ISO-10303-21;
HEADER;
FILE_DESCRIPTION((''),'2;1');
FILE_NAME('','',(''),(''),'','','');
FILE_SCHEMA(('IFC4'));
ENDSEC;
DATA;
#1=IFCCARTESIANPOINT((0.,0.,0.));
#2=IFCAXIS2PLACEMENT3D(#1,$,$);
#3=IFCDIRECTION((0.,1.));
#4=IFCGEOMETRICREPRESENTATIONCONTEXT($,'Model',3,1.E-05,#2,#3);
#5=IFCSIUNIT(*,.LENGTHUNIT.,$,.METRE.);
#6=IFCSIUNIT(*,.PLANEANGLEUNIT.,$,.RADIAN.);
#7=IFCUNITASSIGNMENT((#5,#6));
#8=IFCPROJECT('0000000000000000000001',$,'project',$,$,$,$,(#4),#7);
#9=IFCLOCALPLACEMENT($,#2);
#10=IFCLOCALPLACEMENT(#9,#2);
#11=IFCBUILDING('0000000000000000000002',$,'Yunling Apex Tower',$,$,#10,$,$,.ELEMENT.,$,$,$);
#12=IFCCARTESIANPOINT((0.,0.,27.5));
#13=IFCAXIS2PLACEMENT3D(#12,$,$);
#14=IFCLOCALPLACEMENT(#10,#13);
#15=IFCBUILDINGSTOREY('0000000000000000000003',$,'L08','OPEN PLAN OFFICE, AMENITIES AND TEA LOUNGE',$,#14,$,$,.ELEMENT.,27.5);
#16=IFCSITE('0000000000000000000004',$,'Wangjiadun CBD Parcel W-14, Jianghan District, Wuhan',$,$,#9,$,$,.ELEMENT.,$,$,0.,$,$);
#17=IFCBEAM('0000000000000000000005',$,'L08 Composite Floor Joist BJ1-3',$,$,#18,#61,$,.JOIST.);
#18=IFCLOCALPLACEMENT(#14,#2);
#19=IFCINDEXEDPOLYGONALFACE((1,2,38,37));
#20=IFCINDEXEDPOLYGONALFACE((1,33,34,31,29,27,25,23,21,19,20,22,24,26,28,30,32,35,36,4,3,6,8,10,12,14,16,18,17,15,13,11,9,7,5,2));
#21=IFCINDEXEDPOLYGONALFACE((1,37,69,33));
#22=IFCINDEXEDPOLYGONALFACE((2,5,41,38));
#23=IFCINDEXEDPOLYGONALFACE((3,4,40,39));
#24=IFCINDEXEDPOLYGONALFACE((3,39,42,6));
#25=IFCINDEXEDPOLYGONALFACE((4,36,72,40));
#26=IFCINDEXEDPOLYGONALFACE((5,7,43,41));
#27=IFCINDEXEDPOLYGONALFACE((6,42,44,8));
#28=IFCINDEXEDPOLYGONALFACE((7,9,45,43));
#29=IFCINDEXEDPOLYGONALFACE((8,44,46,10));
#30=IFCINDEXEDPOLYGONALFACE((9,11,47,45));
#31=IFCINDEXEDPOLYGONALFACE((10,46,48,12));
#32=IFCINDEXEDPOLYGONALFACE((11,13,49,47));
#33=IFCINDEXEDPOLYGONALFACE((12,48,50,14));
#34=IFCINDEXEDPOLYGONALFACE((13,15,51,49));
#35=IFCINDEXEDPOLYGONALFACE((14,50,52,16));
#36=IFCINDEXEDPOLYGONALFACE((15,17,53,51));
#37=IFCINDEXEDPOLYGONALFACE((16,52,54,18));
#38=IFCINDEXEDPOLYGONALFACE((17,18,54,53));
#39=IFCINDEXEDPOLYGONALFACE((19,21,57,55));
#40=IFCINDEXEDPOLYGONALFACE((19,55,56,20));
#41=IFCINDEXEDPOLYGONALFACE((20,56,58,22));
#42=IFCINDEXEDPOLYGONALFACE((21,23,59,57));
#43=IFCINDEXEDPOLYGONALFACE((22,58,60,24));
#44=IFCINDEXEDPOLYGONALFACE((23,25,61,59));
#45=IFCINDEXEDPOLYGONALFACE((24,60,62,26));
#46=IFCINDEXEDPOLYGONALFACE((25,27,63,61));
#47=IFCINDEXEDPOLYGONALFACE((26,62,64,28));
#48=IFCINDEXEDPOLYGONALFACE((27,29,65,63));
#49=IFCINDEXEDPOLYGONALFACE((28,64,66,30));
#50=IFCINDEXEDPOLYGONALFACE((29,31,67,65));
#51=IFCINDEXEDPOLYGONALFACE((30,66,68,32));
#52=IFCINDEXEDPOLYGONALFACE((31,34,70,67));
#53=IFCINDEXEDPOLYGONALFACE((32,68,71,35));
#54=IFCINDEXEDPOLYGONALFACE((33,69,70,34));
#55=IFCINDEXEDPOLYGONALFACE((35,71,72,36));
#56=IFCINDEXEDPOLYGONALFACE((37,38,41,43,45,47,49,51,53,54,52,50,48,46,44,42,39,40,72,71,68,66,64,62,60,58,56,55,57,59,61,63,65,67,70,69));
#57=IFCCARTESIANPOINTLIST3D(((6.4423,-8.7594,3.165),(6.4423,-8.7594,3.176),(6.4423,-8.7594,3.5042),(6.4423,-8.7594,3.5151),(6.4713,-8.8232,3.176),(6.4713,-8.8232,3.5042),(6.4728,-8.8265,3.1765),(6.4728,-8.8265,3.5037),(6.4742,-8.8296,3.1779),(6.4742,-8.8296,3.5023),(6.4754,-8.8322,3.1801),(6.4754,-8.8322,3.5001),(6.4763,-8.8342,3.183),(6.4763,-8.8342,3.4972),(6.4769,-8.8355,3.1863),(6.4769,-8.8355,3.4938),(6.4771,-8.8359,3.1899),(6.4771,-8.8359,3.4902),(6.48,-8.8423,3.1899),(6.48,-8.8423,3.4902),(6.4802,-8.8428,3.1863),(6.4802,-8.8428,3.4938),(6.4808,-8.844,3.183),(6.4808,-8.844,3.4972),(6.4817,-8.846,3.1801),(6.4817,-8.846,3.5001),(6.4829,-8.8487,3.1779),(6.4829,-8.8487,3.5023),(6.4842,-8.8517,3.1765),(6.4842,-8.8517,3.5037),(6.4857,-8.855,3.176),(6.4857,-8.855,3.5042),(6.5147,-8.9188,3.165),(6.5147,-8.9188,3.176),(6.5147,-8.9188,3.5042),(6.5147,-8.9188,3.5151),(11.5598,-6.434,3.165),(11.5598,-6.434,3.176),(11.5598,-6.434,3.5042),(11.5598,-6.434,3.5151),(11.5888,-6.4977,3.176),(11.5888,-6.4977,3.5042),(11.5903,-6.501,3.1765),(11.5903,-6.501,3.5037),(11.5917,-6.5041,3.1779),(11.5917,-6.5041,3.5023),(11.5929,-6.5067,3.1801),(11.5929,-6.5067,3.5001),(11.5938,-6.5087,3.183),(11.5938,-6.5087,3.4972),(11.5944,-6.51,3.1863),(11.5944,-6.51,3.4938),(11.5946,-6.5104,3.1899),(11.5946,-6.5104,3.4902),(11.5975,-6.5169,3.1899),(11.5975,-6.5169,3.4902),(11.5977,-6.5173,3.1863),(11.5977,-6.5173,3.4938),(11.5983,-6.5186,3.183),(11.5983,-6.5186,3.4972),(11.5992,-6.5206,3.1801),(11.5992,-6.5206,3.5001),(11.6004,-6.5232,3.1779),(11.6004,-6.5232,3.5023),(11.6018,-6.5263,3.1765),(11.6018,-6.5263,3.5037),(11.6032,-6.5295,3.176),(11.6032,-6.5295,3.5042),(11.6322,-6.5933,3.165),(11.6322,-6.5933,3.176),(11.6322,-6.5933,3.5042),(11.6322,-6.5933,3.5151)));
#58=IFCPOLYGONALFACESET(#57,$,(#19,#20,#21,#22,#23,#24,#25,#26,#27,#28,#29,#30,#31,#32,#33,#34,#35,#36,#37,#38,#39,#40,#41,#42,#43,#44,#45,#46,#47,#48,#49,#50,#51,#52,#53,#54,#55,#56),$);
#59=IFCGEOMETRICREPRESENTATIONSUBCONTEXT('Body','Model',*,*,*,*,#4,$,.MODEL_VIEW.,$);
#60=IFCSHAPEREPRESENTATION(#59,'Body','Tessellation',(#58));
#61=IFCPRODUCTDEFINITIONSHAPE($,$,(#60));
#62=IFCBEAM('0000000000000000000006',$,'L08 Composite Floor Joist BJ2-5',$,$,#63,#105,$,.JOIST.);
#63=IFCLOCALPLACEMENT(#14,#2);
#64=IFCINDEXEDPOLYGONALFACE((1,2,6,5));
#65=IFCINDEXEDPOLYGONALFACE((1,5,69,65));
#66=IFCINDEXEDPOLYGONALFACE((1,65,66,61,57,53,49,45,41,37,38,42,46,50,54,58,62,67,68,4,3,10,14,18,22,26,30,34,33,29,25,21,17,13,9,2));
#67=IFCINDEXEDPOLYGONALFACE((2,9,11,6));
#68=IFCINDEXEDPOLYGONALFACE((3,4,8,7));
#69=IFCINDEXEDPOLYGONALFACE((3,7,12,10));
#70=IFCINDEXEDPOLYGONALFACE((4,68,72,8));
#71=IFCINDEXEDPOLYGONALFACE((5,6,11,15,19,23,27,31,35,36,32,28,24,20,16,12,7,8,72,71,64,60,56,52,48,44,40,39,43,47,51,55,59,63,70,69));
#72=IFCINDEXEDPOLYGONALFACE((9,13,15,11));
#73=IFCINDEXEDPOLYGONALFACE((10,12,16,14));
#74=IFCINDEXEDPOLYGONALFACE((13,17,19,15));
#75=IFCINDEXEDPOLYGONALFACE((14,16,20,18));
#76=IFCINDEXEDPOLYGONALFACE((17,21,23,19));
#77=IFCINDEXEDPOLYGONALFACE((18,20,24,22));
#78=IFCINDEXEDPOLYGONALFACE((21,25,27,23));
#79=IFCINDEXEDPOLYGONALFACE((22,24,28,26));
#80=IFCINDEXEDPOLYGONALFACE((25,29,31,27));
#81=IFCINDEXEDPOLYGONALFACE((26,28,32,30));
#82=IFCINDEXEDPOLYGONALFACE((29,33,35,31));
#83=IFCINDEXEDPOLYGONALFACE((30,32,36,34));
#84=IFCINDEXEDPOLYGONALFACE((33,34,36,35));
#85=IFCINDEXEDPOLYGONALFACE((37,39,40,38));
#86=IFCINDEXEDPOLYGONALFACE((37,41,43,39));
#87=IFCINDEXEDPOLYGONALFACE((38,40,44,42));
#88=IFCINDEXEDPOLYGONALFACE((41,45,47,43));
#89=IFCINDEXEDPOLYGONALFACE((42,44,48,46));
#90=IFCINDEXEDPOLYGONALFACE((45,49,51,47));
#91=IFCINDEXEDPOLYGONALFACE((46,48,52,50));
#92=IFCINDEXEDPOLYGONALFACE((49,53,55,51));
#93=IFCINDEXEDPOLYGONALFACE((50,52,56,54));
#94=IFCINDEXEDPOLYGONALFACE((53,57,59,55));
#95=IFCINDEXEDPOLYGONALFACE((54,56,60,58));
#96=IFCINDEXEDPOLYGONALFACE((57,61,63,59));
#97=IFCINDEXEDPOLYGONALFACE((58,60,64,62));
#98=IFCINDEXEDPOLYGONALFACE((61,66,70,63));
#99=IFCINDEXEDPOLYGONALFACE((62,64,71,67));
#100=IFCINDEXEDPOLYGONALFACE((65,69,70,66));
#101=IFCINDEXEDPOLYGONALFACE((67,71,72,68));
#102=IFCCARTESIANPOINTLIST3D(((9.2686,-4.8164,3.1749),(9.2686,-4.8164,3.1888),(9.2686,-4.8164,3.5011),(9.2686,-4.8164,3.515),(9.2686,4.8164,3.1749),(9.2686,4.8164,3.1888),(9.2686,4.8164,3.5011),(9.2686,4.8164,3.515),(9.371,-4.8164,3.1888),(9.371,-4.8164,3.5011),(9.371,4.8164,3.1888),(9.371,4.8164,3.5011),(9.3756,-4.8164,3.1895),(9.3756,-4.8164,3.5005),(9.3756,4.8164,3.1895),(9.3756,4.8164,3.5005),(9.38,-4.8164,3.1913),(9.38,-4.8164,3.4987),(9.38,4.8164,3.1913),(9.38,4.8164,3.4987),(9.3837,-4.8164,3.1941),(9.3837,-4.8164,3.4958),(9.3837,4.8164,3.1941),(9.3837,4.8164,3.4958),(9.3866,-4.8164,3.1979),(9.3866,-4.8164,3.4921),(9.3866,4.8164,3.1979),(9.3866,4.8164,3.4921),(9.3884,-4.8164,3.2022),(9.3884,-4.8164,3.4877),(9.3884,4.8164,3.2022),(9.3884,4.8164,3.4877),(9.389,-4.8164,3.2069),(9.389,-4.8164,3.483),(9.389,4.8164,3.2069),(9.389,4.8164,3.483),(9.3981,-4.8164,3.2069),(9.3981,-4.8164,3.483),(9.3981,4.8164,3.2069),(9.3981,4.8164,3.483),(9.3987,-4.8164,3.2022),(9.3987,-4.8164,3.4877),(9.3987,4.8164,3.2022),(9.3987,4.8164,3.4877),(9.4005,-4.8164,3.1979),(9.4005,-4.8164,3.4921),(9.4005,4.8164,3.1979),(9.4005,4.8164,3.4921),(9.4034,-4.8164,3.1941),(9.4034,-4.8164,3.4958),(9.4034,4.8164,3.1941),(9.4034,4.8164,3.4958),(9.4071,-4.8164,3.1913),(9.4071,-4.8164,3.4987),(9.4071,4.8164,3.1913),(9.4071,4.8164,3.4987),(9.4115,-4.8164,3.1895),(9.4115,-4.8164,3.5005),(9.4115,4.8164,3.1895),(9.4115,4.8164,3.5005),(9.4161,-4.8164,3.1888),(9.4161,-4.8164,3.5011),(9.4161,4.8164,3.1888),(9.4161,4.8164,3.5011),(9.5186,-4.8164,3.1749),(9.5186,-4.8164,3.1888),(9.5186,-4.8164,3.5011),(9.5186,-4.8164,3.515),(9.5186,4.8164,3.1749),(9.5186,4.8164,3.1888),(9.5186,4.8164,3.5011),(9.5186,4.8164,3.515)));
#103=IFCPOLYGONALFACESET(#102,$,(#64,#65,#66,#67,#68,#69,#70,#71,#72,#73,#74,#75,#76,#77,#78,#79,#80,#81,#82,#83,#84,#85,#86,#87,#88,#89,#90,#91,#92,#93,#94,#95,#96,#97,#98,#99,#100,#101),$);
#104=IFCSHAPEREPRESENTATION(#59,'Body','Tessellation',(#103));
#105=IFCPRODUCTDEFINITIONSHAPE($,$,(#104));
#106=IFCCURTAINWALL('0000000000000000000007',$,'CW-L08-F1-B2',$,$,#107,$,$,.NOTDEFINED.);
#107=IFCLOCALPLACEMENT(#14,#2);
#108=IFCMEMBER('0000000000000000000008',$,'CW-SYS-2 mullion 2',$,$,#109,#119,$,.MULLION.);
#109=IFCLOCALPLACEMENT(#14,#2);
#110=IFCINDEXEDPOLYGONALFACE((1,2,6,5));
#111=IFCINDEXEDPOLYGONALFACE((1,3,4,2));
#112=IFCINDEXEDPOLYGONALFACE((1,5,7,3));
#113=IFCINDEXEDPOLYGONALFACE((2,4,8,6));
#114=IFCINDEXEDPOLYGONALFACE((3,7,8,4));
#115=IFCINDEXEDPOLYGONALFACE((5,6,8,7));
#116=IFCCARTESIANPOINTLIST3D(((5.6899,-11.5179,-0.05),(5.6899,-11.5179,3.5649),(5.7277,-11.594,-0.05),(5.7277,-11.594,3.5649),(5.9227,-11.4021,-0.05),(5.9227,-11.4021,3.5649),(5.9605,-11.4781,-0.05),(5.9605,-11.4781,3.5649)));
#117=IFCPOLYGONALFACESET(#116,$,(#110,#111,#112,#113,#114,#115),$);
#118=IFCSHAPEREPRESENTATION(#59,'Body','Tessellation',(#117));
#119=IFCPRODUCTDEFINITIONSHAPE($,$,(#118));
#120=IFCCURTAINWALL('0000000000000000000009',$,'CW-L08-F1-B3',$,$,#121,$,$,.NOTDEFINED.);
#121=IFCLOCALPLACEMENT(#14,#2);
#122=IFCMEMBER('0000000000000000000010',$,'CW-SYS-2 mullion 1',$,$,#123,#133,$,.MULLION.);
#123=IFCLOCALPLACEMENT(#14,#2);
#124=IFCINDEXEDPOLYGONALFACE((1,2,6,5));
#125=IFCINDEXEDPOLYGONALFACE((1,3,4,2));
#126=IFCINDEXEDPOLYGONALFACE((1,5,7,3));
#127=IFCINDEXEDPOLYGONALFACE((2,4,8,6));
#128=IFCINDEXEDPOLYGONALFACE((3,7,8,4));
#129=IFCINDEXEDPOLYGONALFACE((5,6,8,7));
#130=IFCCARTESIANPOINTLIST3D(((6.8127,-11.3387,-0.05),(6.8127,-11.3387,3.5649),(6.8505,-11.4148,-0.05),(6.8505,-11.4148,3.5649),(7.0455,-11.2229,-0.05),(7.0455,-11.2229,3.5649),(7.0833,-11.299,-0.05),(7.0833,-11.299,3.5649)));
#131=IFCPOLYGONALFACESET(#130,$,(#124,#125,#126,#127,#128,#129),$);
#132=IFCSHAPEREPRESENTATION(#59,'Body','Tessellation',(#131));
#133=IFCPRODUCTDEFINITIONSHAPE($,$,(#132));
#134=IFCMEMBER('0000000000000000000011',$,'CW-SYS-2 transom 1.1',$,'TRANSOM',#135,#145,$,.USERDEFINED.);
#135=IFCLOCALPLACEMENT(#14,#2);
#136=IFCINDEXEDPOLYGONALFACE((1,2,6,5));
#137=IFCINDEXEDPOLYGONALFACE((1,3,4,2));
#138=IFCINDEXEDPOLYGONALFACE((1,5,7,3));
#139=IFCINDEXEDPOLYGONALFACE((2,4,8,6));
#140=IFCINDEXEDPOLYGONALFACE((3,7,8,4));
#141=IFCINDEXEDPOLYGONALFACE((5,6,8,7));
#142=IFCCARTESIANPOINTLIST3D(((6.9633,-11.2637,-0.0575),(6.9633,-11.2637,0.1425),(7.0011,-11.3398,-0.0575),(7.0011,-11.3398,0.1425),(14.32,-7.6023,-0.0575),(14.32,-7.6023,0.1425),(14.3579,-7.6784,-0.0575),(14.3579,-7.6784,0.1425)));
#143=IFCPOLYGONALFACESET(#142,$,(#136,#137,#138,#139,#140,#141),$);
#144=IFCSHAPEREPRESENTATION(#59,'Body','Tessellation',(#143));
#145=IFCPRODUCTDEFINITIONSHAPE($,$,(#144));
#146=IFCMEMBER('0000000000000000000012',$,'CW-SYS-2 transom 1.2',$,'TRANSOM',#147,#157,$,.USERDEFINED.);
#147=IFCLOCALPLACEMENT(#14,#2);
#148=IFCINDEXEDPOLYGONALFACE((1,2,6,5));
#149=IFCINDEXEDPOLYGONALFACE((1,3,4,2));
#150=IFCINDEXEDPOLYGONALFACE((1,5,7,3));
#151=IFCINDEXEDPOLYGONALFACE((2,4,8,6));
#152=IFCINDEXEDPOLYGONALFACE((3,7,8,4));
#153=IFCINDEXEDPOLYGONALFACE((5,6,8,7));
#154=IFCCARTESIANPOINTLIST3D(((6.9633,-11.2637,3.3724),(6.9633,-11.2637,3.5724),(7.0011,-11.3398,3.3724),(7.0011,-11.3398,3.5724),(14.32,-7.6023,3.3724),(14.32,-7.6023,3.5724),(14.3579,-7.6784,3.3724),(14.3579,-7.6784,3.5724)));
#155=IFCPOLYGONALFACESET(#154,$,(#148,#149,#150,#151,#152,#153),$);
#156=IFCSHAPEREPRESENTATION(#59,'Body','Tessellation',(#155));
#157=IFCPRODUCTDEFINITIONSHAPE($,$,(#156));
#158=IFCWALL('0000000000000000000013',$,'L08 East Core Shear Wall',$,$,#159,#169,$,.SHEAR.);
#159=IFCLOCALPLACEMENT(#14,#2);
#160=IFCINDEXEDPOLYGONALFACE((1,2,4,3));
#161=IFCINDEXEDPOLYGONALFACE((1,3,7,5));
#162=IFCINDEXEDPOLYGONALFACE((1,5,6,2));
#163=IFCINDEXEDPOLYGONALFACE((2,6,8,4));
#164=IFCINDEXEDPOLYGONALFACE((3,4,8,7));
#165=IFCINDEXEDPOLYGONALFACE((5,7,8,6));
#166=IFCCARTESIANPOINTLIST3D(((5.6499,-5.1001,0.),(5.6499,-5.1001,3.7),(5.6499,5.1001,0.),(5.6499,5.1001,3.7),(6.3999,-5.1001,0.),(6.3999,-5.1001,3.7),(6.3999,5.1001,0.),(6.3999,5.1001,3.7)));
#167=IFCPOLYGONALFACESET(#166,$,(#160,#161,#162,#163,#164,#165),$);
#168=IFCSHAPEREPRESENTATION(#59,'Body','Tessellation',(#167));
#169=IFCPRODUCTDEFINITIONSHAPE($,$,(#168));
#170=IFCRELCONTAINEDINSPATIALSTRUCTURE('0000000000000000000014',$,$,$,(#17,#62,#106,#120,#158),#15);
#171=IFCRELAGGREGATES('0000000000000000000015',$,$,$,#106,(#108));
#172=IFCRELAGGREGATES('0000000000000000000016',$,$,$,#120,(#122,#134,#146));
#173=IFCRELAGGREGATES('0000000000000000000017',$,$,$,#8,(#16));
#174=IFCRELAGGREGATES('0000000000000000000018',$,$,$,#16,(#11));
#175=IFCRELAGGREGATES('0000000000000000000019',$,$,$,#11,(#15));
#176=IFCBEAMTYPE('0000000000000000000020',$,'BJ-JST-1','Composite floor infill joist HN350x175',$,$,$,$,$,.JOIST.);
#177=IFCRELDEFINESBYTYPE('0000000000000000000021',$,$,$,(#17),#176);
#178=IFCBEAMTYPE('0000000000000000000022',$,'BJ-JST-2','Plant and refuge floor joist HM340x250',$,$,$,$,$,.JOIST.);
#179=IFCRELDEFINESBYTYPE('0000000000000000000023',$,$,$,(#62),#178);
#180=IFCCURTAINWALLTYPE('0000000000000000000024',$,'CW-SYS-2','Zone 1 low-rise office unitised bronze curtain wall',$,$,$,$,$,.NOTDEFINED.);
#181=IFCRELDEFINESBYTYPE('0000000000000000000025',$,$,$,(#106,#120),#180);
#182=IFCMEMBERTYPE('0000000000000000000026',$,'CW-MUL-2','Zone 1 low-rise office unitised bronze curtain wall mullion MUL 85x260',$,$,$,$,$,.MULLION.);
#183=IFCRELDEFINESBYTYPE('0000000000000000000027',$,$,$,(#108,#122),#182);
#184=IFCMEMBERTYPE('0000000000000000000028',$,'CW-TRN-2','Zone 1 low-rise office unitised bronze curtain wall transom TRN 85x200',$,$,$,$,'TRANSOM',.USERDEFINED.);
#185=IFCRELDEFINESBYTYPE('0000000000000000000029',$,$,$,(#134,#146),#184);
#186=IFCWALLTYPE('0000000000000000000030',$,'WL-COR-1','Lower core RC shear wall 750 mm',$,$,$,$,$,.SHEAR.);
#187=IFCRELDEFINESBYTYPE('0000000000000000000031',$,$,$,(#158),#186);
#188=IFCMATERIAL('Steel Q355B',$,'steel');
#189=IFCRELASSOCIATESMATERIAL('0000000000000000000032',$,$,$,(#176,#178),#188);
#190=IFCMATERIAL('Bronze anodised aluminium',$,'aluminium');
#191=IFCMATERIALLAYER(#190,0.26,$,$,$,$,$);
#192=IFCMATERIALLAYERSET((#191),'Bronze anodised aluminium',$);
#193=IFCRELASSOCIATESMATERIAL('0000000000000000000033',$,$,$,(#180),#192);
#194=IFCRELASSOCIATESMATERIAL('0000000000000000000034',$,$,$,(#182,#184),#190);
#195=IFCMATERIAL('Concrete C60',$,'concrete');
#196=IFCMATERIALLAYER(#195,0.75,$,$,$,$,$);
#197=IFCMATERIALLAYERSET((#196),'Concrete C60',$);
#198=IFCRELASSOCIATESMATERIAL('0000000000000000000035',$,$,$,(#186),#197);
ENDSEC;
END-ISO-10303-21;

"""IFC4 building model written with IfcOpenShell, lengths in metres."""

from ifc_helpers import new_model, si_unit, direction, frame, frame_2d, origin, origin_2d, place, context, subcontext, project, spatial, rectangle, i_section, extrude, source, transform, mapped, material, layer, layer_set, material_profile, profile_set, type_object, element, aggregate, save


model = new_model("IFC4")

# Units and contexts
model_context = context("Model", 3, precision=1e-05, world=origin(), true_north=direction((0.0, 1.0)))
body_context = subcontext(model_context, "Body", "Model", "MODEL_VIEW")
ifc_project = project(units=[si_unit("LENGTHUNIT", "METRE"), si_unit("PLANEANGLEUNIT", "RADIAN")], contexts=[model_context])

# Site, building, storey
site_placement = place(None, origin())
site = spatial("IfcSite", under=ifc_project, at=site_placement, Name="Wangjiadun CBD Parcel W-14, Jianghan District, Wuhan", CompositionType="ELEMENT", RefElevation=0.0)
building_placement = place(site_placement, origin())
building = spatial("IfcBuilding", under=site, at=building_placement, Name="Yunling Apex Tower", CompositionType="ELEMENT")
storey_placement = place(building_placement, frame((0.0, 0.0, 27.5)))
storey = spatial("IfcBuildingStorey", under=building, at=storey_placement, Name="L08", Description="OPEN PLAN OFFICE, AMENITIES AND TEA LOUNGE", CompositionType="ELEMENT", Elevation=27.5)

# Shared definitions
ifc_material_1 = material(Name="Concrete C60", Category="concrete")

# Beams
ifc_material_2 = material(Name="Steel Q355B", Category="steel")
ifc_material_profile_1 = material_profile(ifc_material_2, i_section(OverallWidth=0.175, OverallDepth=0.3501, WebThickness=0.0071, FlangeThickness=0.011, FilletRadius=0.0139, at=origin_2d()))
ifc_profile_set_1 = profile_set([ifc_material_profile_1], Name="Steel Q355B")
beam_type_1 = type_object("IfcBeamType", Name="BJ-JST-1", Description="Composite floor infill joist HN350x175", PredefinedType="JOIST", material=ifc_profile_set_1)
shared_shape_1 = source(origin(), body_context, "Body", "SweptSolid", [
    extrude(i_section(OverallWidth=0.175, OverallDepth=0.3501, WebThickness=0.0071, FlangeThickness=0.011, FilletRadius=0.0139, at=origin_2d()), origin(), (0.0, 0.0, 1.0), 5.6211),
])
beam_1_placement = place(storey_placement, frame((6.4785, -8.8391, 3.3401), z_axis=(0.910411, 0.413705, 0.0), x_axis=(-0.413705, 0.910411, 0.0)))
element("IfcBeam", 1, at=beam_1_placement, inside=storey, type_object=beam_type_1, Name="L08 Composite Floor Joist BJ1-3", PredefinedType="JOIST", context=body_context, shape_type="MappedRepresentation", body=[
    mapped(shared_shape_1, transform((0.0, 0.0, 0.0), scale=1.0)),
])
ifc_material_profile_2 = material_profile(ifc_material_2, i_section(OverallWidth=0.25, OverallDepth=0.3401, WebThickness=0.009, FlangeThickness=0.0139, FilletRadius=0.0181, at=origin_2d()))
ifc_profile_set_2 = profile_set([ifc_material_profile_2], Name="Steel Q355B")
beam_type_2 = type_object("IfcBeamType", Name="BJ-JST-2", Description="Plant and refuge floor joist HM340x250", PredefinedType="JOIST", material=ifc_profile_set_2)
shared_shape_2 = source(origin(), body_context, "Body", "SweptSolid", [
    extrude(i_section(OverallWidth=0.25, OverallDepth=0.3401, WebThickness=0.009, FlangeThickness=0.0139, FilletRadius=0.0181, at=origin_2d()), origin(), (0.0, 0.0, 1.0), 9.6328),
])
beam_2_placement = place(storey_placement, frame((9.3936, -4.8164, 3.345), z_axis=(0.0, 1.0, 0.0), x_axis=(-1.0, 0.0, 0.0)))
element("IfcBeam", 2, at=beam_2_placement, inside=storey, type_object=beam_type_2, Name="L08 Composite Floor Joist BJ2-5", PredefinedType="JOIST", context=body_context, shape_type="MappedRepresentation", body=[
    mapped(shared_shape_2, transform((0.0, 0.0, 0.0), scale=1.0)),
])

# Curtain wall, member
ifc_material_3 = material(Name="Bronze anodised aluminium", Category="aluminium")
ifc_layer_1 = layer(ifc_material_3, 0.26)
ifc_layer_set_1 = layer_set([ifc_layer_1], Name="Bronze anodised aluminium")
curtain_wall_type = type_object("IfcCurtainWallType", Name="CW-SYS-2", Description="Zone 1 low-rise office unitised bronze curtain wall", PredefinedType="NOTDEFINED", material=ifc_layer_set_1)
curtain_wall_1_placement = place(storey_placement, origin())
curtain_wall_1 = element("IfcCurtainWall", 3, at=curtain_wall_1_placement, inside=storey, type_object=curtain_wall_type, Name="CW-L08-F1-B2", PredefinedType="NOTDEFINED")
ifc_material_profile_3 = material_profile(ifc_material_3, rectangle(XDim=0.085, YDim=0.26, at=origin_2d()))
ifc_profile_set_3 = profile_set([ifc_material_profile_3], Name="Bronze anodised aluminium")
member_type_1 = type_object("IfcMemberType", Name="CW-MUL-2", Description="Zone 1 low-rise office unitised bronze curtain wall mullion MUL 85x260", PredefinedType="MULLION", material=ifc_profile_set_3)
shared_shape_3 = source(origin(), body_context, "Body", "SweptSolid", [
    extrude(rectangle(XDim=0.085, YDim=0.26, at=origin_2d()), origin(), (0.0, 0.0, 1.0), 3.615),
])
member_1_placement = place(storey_placement, frame((5.8252, -11.498, -0.05), z_axis=(0.0, 0.0, 1.0), x_axis=(-0.445583, 0.895241, 0.0)))
member_1 = element("IfcMember", 4, at=member_1_placement, type_object=member_type_1, Name="CW-SYS-2 mullion 2", PredefinedType="MULLION", context=body_context, shape_type="MappedRepresentation", body=[
    mapped(shared_shape_3, transform((0.0, 0.0, 0.0), scale=1.0)),
])
aggregate(curtain_wall_1, [member_1])

# Curtain wall, members
curtain_wall_2_placement = place(storey_placement, origin())
curtain_wall_2 = element("IfcCurtainWall", 5, at=curtain_wall_2_placement, inside=storey, type_object=curtain_wall_type, Name="CW-L08-F1-B3", PredefinedType="NOTDEFINED")
member_2_placement = place(storey_placement, frame((6.948, -11.3188, -0.05), z_axis=(0.0, 0.0, 1.0), x_axis=(-0.445571, 0.895247, 0.0)))
member_2 = element("IfcMember", 6, at=member_2_placement, type_object=member_type_1, Name="CW-SYS-2 mullion 1", PredefinedType="MULLION", context=body_context, shape_type="MappedRepresentation", body=[
    mapped(shared_shape_3, transform((0.0, 0.0, 0.0), scale=1.0)),
])
ifc_material_profile_4 = material_profile(ifc_material_3, rectangle(XDim=0.085, YDim=0.2, at=origin_2d()))
ifc_profile_set_4 = profile_set([ifc_material_profile_4], Name="Bronze anodised aluminium")
member_type_2 = type_object("IfcMemberType", Name="CW-TRN-2", Description="Zone 1 low-rise office unitised bronze curtain wall transom TRN 85x200", ElementType="TRANSOM", PredefinedType="USERDEFINED", material=ifc_profile_set_4)
shared_shape_4 = source(origin(), body_context, "Body", "SweptSolid", [
    extrude(rectangle(XDim=0.085, YDim=0.2, at=origin_2d()), origin(), (0.0, 0.0, 1.0), 8.2175),
])
member_3_placement = place(storey_placement, frame((6.9822, -11.3018, 0.0425), z_axis=(0.895252, 0.445561, 0.0), x_axis=(-0.445561, 0.895252, 0.0)))
member_3 = element("IfcMember", 7, at=member_3_placement, type_object=member_type_2, Name="CW-SYS-2 transom 1.1", ObjectType="TRANSOM", PredefinedType="USERDEFINED", context=body_context, shape_type="MappedRepresentation", body=[
    mapped(shared_shape_4, transform((0.0, 0.0, 0.0), scale=1.0)),
])
member_4_placement = place(storey_placement, frame((6.9822, -11.3018, 3.4724), z_axis=(0.895252, 0.445561, 0.0), x_axis=(-0.445561, 0.895252, 0.0)))
member_4 = element("IfcMember", 8, at=member_4_placement, type_object=member_type_2, Name="CW-SYS-2 transom 1.2", ObjectType="TRANSOM", PredefinedType="USERDEFINED", context=body_context, shape_type="MappedRepresentation", body=[
    mapped(shared_shape_4, transform((0.0, 0.0, 0.0), scale=1.0)),
])
aggregate(curtain_wall_2, [member_2, member_3, member_4])

# Wall
ifc_layer_2 = layer(ifc_material_1, 0.75)
ifc_layer_set_2 = layer_set([ifc_layer_2], Name="Concrete C60")
wall_type_1 = type_object("IfcWallType", Name="WL-COR-1", Description="Lower core RC shear wall 750 mm", PredefinedType="SHEAR", material=ifc_layer_set_2)
wall_1_placement = place(storey_placement, frame((6.0249, -5.1001, 0.0), z_axis=(0.0, 0.0, 1.0), x_axis=(0.0, 1.0, 0.0)))
element("IfcWall", 9, at=wall_1_placement, inside=storey, type_object=wall_type_1, Name="L08 East Core Shear Wall", PredefinedType="SHEAR", context=body_context, shape_type="SweptSolid", body=[
    extrude(rectangle(XDim=10.2002, YDim=0.75, at=frame_2d((5.1001, 0.0))), origin(), (0.0, 0.0, 1.0), 3.7),
])

save(model, "model.ifc")
